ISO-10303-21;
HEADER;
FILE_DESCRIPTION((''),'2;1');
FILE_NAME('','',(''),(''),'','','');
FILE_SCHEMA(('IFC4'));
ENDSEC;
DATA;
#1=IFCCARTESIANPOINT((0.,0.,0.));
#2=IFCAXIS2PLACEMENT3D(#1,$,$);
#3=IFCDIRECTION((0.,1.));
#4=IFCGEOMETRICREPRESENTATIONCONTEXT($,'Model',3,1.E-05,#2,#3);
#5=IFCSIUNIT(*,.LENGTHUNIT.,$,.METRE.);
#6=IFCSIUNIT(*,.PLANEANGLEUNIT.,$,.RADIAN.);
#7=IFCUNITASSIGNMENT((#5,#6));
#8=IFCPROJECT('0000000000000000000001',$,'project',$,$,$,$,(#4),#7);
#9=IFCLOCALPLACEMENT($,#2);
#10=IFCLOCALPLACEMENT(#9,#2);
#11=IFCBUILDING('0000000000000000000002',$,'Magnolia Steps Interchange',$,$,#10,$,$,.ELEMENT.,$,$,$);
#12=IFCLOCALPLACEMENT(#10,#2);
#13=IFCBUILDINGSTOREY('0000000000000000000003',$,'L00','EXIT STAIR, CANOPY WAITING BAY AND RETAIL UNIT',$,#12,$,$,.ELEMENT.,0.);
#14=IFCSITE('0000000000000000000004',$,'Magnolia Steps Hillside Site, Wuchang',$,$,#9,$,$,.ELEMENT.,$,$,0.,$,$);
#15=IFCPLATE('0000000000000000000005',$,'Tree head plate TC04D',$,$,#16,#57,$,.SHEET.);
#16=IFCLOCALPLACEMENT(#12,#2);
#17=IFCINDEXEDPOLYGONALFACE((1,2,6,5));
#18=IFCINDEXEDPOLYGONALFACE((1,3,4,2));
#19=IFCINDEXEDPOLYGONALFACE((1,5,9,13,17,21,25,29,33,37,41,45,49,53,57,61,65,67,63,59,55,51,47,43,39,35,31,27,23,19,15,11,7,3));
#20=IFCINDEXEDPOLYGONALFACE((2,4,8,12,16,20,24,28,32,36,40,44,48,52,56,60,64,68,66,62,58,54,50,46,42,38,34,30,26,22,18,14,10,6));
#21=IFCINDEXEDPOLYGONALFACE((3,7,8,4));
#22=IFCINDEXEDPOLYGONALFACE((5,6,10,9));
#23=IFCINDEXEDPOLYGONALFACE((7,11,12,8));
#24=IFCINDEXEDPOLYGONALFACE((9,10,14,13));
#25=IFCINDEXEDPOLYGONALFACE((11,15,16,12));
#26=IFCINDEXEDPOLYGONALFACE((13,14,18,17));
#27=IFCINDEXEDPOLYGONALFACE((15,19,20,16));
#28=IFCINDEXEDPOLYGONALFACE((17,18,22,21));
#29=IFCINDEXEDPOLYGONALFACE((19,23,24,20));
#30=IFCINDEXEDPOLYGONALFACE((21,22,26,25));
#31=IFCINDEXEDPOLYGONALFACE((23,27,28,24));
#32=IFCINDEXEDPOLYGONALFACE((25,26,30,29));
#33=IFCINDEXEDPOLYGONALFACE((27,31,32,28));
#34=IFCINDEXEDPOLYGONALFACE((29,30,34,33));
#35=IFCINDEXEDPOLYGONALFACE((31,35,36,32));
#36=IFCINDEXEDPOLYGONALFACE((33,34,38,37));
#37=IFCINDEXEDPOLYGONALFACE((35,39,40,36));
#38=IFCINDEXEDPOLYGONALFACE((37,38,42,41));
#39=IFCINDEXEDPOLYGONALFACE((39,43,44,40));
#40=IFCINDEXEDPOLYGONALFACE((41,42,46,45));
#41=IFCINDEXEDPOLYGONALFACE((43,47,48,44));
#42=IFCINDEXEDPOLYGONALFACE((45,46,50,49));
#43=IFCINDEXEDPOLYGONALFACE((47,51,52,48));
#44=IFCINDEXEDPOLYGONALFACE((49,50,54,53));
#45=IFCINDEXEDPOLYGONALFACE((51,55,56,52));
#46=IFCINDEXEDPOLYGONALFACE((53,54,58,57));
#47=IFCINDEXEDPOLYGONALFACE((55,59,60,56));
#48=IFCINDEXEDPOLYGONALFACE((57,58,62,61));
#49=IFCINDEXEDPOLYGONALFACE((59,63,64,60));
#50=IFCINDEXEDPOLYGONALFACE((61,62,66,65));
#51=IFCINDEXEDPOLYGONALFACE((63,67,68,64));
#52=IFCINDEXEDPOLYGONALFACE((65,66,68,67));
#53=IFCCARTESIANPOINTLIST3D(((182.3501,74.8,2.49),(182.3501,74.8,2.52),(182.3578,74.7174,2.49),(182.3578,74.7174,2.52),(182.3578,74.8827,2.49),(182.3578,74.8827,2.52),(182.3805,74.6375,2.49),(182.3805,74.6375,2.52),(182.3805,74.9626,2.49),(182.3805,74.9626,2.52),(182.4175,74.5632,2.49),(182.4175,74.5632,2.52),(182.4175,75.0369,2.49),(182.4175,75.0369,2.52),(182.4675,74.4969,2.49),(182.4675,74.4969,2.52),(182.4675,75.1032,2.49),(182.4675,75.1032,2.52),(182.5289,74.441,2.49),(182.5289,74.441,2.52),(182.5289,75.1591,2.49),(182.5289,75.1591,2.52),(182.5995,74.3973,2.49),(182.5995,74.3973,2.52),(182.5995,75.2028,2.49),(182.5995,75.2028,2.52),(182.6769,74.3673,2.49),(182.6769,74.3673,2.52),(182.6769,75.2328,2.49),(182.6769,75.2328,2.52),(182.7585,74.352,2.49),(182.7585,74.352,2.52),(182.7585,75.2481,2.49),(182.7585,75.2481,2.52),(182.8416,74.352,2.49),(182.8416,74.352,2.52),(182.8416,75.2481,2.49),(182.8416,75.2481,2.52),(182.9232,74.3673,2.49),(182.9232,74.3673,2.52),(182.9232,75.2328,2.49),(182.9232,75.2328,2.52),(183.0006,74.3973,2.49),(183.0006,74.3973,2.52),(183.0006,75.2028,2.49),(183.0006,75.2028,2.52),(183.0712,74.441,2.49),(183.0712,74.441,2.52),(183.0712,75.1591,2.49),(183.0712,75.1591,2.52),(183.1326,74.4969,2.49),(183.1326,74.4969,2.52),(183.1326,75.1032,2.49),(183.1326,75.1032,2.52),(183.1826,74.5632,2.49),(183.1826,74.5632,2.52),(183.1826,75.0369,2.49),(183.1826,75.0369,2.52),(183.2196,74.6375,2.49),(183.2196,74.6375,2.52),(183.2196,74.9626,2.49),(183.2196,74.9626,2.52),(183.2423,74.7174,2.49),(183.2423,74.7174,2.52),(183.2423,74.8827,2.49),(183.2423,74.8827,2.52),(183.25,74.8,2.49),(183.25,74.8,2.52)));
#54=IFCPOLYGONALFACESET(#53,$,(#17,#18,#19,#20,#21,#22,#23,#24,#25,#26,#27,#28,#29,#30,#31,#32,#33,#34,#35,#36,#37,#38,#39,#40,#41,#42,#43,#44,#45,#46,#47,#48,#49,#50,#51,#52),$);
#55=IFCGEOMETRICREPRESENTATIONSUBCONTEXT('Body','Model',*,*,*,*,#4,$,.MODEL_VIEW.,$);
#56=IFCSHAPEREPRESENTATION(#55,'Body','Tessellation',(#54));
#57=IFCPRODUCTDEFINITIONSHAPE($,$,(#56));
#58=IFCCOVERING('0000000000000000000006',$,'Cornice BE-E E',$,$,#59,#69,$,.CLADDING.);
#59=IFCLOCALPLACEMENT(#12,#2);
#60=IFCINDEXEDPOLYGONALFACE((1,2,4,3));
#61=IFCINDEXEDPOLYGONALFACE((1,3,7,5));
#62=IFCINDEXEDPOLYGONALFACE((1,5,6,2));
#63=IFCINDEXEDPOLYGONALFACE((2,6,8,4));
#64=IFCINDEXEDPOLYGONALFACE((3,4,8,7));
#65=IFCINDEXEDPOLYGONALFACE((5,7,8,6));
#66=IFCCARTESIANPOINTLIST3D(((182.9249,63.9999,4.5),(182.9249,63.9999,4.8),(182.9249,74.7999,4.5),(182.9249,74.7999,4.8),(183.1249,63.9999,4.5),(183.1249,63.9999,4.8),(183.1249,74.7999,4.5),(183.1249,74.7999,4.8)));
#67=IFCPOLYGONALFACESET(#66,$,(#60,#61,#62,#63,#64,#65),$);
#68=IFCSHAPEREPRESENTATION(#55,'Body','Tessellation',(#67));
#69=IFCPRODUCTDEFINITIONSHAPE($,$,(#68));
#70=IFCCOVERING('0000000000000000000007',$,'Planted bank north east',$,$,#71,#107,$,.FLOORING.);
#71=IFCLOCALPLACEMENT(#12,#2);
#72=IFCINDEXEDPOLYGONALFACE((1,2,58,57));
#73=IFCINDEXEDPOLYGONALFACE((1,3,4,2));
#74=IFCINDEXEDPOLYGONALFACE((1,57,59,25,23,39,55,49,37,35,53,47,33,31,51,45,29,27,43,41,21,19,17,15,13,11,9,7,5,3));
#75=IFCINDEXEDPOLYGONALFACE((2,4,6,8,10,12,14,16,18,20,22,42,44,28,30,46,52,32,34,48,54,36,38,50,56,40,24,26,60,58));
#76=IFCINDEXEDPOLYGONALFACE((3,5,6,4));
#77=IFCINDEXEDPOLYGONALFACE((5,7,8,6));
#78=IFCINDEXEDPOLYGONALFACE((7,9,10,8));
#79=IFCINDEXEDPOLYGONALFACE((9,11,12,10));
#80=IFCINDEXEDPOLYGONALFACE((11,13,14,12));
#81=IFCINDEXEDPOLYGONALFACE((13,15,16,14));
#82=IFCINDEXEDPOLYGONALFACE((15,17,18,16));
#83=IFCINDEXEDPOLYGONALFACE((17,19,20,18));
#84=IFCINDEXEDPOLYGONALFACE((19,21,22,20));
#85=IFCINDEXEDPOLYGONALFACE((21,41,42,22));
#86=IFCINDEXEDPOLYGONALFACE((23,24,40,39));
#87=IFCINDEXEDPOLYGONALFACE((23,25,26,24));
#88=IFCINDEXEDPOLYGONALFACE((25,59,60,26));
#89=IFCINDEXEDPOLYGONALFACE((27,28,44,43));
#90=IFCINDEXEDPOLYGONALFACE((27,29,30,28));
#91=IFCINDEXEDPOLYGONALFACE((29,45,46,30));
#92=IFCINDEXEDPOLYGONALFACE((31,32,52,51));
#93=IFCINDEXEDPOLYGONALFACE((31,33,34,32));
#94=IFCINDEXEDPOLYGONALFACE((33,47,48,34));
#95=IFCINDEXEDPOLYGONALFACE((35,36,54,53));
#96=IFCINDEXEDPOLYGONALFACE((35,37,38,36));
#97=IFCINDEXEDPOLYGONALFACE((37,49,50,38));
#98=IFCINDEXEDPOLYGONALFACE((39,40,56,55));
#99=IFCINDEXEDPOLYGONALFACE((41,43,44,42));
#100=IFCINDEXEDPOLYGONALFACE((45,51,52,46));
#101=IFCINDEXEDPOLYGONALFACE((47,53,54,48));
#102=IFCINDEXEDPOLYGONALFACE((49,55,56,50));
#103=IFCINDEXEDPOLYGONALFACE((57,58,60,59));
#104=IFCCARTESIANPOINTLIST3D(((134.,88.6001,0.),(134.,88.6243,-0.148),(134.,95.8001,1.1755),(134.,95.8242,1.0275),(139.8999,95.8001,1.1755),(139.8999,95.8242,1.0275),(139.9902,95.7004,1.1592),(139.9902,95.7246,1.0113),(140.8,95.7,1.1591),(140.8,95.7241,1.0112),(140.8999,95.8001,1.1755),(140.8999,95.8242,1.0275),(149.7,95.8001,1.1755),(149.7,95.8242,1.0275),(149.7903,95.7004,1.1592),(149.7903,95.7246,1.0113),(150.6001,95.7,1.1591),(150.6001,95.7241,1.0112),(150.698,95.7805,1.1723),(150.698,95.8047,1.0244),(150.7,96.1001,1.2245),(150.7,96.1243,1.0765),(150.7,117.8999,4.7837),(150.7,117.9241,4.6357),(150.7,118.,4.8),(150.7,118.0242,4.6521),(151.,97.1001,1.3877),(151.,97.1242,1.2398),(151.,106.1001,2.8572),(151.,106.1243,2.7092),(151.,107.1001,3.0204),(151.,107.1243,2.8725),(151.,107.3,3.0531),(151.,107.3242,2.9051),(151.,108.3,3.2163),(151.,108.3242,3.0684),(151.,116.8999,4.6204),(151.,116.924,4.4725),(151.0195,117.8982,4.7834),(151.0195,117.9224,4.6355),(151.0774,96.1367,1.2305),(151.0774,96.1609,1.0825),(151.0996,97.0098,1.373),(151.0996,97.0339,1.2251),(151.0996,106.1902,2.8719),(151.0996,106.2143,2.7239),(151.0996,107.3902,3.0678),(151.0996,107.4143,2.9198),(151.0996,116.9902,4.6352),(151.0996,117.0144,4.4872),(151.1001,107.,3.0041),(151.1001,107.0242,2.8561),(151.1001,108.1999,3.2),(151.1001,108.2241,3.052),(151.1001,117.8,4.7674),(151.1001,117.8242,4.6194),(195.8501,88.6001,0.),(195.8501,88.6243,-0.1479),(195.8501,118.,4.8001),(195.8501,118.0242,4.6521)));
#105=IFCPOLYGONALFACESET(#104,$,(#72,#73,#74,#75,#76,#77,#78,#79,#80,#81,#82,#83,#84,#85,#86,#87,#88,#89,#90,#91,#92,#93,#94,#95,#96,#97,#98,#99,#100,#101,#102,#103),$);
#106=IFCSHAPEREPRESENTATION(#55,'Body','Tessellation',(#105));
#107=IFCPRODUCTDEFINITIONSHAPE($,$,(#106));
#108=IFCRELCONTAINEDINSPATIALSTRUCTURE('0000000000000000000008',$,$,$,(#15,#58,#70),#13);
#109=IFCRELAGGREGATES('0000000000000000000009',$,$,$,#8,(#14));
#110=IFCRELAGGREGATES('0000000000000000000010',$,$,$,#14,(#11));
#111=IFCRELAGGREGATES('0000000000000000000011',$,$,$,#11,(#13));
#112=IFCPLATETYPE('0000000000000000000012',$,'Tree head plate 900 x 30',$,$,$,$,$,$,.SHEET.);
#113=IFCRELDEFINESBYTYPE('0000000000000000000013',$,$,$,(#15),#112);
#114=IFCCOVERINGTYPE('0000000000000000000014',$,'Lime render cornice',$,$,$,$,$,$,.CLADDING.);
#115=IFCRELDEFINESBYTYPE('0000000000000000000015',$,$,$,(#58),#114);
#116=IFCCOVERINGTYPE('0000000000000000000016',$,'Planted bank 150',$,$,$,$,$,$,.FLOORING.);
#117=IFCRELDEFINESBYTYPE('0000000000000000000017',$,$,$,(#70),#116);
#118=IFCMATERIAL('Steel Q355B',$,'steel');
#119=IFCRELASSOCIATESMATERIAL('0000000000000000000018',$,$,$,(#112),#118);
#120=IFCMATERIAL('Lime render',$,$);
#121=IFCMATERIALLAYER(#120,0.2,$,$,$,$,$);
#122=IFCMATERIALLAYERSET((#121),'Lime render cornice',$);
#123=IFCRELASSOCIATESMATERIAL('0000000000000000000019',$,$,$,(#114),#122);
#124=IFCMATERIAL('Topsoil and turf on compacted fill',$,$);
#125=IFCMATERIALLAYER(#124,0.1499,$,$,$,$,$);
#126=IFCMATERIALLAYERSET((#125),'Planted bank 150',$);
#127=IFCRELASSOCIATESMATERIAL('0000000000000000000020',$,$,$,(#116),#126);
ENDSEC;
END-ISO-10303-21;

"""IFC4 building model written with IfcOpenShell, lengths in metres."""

from ifc_helpers import new_model, si_unit, direction, frame, origin, origin_2d, place, context, subcontext, project, spatial, polyline, rectangle, circle, outline, extrude, material, layer, layer_set, material_profile, profile_set, type_object, element, save


model = new_model("IFC4")

# Units and contexts
model_context = context("Model", 3, precision=1e-05, world=origin(), true_north=direction((0.0, 1.0)))
body_context = subcontext(model_context, "Body", "Model", "MODEL_VIEW")
ifc_project = project(units=[si_unit("LENGTHUNIT", "METRE"), si_unit("PLANEANGLEUNIT", "RADIAN")], contexts=[model_context])

# Site, building, storey
site_placement = place(None, origin())
site = spatial("IfcSite", under=ifc_project, at=site_placement, Name="Magnolia Steps Hillside Site, Wuchang", CompositionType="ELEMENT", RefElevation=0.0)
building_placement = place(site_placement, origin())
building = spatial("IfcBuilding", under=site, at=building_placement, Name="Magnolia Steps Interchange", CompositionType="ELEMENT")
storey_placement = place(building_placement, origin())
storey = spatial("IfcBuildingStorey", under=building, at=storey_placement, Name="L00", Description="EXIT STAIR, CANOPY WAITING BAY AND RETAIL UNIT", CompositionType="ELEMENT", Elevation=0.0)

# Plate
ifc_material_1 = material(Name="Steel Q355B", Category="steel")
ifc_material_profile_1 = material_profile(ifc_material_1, circle(Radius=0.45, at=origin_2d()), Name="Tree head plate 900 x 30")
ifc_profile_set_1 = profile_set([ifc_material_profile_1], Name="Steel Q355B")
plate_type = type_object("IfcPlateType", Name="Tree head plate 900 x 30", PredefinedType="SHEET", material=ifc_profile_set_1)
plate_placement = place(storey_placement, frame((182.8, 74.8, 2.49), z_axis=(0.0, 0.0, 1.0), x_axis=(1.0, 0.0, 0.0)))
element("IfcPlate", 1, at=plate_placement, inside=storey, type_object=plate_type, Name="Tree head plate TC04D", PredefinedType="SHEET", context=body_context, shape_type="SweptSolid", body=[
    extrude(circle(Radius=0.45, at=origin_2d()), origin(), (0.0, 0.0, 1.0), 0.03),
])

# Coverings
ifc_material_2 = material(Name="Lime render")
ifc_layer_1 = layer(ifc_material_2, 0.2)
ifc_layer_set_1 = layer_set([ifc_layer_1], Name="Lime render cornice")
covering_type_1 = type_object("IfcCoveringType", Name="Lime render cornice", PredefinedType="CLADDING", material=ifc_layer_set_1)
covering_1_placement = place(storey_placement, frame((183.0249, 69.3999, 4.5), z_axis=(0.0, 0.0, 1.0), x_axis=(1.0, 0.0, 0.0)))
element("IfcCovering", 2, at=covering_1_placement, inside=storey, type_object=covering_type_1, Name="Cornice BE-E E", PredefinedType="CLADDING", context=body_context, shape_type="SweptSolid", body=[
    extrude(rectangle(XDim=0.2, YDim=10.8, at=origin_2d()), origin(), (0.0, 0.0, 1.0), 0.3),
])
ifc_material_3 = material(Name="Topsoil and turf on compacted fill")
ifc_layer_2 = layer(ifc_material_3, 0.1499)
ifc_layer_set_2 = layer_set([ifc_layer_2], Name="Planted bank 150")
covering_type_2 = type_object("IfcCoveringType", Name="Planted bank 150", PredefinedType="FLOORING", material=ifc_layer_set_2)
covering_2_placement = place(storey_placement, frame((195.8501, 88.6001, 0.0), z_axis=(-0.000001, -0.161134, 0.986933), x_axis=(-1.0, 0.0, -0.000001)))
element("IfcCovering", 3, at=covering_2_placement, inside=storey, type_object=covering_type_2, Name="Planted bank north east", PredefinedType="FLOORING", context=body_context, shape_type="SweptSolid", body=[
    extrude(outline(polyline([(0.0, 0.0), (61.8501, 0.0), (61.8501, -7.2953), (55.9502, -7.2953), (55.8599, -7.1943), (55.05, -7.1939), (54.9502, -7.2953), (46.1501, -7.2953), (46.0598, -7.1943), (45.25, -7.1939), (45.1521, -7.2755), (45.1501, -7.5993), (44.7727, -7.6364), (44.7505, -8.521), (44.8501, -8.6125), (44.8501, -17.7317), (44.7505, -17.823), (44.75, -18.6435), (44.8501, -18.745), (44.8501, -18.9475), (44.7505, -19.0388), (44.75, -19.8594), (44.8501, -19.9608), (44.8501, -28.6745), (44.7505, -28.766), (44.75, -29.5866), (44.8306, -29.686), (45.1501, -29.6877), (45.1501, -29.7892), (0.0, -29.7892), (0.0, 0.0)])), origin(), (0.0, 0.0, -1.0), 0.1499),
])

save(model, "model.ifc")
